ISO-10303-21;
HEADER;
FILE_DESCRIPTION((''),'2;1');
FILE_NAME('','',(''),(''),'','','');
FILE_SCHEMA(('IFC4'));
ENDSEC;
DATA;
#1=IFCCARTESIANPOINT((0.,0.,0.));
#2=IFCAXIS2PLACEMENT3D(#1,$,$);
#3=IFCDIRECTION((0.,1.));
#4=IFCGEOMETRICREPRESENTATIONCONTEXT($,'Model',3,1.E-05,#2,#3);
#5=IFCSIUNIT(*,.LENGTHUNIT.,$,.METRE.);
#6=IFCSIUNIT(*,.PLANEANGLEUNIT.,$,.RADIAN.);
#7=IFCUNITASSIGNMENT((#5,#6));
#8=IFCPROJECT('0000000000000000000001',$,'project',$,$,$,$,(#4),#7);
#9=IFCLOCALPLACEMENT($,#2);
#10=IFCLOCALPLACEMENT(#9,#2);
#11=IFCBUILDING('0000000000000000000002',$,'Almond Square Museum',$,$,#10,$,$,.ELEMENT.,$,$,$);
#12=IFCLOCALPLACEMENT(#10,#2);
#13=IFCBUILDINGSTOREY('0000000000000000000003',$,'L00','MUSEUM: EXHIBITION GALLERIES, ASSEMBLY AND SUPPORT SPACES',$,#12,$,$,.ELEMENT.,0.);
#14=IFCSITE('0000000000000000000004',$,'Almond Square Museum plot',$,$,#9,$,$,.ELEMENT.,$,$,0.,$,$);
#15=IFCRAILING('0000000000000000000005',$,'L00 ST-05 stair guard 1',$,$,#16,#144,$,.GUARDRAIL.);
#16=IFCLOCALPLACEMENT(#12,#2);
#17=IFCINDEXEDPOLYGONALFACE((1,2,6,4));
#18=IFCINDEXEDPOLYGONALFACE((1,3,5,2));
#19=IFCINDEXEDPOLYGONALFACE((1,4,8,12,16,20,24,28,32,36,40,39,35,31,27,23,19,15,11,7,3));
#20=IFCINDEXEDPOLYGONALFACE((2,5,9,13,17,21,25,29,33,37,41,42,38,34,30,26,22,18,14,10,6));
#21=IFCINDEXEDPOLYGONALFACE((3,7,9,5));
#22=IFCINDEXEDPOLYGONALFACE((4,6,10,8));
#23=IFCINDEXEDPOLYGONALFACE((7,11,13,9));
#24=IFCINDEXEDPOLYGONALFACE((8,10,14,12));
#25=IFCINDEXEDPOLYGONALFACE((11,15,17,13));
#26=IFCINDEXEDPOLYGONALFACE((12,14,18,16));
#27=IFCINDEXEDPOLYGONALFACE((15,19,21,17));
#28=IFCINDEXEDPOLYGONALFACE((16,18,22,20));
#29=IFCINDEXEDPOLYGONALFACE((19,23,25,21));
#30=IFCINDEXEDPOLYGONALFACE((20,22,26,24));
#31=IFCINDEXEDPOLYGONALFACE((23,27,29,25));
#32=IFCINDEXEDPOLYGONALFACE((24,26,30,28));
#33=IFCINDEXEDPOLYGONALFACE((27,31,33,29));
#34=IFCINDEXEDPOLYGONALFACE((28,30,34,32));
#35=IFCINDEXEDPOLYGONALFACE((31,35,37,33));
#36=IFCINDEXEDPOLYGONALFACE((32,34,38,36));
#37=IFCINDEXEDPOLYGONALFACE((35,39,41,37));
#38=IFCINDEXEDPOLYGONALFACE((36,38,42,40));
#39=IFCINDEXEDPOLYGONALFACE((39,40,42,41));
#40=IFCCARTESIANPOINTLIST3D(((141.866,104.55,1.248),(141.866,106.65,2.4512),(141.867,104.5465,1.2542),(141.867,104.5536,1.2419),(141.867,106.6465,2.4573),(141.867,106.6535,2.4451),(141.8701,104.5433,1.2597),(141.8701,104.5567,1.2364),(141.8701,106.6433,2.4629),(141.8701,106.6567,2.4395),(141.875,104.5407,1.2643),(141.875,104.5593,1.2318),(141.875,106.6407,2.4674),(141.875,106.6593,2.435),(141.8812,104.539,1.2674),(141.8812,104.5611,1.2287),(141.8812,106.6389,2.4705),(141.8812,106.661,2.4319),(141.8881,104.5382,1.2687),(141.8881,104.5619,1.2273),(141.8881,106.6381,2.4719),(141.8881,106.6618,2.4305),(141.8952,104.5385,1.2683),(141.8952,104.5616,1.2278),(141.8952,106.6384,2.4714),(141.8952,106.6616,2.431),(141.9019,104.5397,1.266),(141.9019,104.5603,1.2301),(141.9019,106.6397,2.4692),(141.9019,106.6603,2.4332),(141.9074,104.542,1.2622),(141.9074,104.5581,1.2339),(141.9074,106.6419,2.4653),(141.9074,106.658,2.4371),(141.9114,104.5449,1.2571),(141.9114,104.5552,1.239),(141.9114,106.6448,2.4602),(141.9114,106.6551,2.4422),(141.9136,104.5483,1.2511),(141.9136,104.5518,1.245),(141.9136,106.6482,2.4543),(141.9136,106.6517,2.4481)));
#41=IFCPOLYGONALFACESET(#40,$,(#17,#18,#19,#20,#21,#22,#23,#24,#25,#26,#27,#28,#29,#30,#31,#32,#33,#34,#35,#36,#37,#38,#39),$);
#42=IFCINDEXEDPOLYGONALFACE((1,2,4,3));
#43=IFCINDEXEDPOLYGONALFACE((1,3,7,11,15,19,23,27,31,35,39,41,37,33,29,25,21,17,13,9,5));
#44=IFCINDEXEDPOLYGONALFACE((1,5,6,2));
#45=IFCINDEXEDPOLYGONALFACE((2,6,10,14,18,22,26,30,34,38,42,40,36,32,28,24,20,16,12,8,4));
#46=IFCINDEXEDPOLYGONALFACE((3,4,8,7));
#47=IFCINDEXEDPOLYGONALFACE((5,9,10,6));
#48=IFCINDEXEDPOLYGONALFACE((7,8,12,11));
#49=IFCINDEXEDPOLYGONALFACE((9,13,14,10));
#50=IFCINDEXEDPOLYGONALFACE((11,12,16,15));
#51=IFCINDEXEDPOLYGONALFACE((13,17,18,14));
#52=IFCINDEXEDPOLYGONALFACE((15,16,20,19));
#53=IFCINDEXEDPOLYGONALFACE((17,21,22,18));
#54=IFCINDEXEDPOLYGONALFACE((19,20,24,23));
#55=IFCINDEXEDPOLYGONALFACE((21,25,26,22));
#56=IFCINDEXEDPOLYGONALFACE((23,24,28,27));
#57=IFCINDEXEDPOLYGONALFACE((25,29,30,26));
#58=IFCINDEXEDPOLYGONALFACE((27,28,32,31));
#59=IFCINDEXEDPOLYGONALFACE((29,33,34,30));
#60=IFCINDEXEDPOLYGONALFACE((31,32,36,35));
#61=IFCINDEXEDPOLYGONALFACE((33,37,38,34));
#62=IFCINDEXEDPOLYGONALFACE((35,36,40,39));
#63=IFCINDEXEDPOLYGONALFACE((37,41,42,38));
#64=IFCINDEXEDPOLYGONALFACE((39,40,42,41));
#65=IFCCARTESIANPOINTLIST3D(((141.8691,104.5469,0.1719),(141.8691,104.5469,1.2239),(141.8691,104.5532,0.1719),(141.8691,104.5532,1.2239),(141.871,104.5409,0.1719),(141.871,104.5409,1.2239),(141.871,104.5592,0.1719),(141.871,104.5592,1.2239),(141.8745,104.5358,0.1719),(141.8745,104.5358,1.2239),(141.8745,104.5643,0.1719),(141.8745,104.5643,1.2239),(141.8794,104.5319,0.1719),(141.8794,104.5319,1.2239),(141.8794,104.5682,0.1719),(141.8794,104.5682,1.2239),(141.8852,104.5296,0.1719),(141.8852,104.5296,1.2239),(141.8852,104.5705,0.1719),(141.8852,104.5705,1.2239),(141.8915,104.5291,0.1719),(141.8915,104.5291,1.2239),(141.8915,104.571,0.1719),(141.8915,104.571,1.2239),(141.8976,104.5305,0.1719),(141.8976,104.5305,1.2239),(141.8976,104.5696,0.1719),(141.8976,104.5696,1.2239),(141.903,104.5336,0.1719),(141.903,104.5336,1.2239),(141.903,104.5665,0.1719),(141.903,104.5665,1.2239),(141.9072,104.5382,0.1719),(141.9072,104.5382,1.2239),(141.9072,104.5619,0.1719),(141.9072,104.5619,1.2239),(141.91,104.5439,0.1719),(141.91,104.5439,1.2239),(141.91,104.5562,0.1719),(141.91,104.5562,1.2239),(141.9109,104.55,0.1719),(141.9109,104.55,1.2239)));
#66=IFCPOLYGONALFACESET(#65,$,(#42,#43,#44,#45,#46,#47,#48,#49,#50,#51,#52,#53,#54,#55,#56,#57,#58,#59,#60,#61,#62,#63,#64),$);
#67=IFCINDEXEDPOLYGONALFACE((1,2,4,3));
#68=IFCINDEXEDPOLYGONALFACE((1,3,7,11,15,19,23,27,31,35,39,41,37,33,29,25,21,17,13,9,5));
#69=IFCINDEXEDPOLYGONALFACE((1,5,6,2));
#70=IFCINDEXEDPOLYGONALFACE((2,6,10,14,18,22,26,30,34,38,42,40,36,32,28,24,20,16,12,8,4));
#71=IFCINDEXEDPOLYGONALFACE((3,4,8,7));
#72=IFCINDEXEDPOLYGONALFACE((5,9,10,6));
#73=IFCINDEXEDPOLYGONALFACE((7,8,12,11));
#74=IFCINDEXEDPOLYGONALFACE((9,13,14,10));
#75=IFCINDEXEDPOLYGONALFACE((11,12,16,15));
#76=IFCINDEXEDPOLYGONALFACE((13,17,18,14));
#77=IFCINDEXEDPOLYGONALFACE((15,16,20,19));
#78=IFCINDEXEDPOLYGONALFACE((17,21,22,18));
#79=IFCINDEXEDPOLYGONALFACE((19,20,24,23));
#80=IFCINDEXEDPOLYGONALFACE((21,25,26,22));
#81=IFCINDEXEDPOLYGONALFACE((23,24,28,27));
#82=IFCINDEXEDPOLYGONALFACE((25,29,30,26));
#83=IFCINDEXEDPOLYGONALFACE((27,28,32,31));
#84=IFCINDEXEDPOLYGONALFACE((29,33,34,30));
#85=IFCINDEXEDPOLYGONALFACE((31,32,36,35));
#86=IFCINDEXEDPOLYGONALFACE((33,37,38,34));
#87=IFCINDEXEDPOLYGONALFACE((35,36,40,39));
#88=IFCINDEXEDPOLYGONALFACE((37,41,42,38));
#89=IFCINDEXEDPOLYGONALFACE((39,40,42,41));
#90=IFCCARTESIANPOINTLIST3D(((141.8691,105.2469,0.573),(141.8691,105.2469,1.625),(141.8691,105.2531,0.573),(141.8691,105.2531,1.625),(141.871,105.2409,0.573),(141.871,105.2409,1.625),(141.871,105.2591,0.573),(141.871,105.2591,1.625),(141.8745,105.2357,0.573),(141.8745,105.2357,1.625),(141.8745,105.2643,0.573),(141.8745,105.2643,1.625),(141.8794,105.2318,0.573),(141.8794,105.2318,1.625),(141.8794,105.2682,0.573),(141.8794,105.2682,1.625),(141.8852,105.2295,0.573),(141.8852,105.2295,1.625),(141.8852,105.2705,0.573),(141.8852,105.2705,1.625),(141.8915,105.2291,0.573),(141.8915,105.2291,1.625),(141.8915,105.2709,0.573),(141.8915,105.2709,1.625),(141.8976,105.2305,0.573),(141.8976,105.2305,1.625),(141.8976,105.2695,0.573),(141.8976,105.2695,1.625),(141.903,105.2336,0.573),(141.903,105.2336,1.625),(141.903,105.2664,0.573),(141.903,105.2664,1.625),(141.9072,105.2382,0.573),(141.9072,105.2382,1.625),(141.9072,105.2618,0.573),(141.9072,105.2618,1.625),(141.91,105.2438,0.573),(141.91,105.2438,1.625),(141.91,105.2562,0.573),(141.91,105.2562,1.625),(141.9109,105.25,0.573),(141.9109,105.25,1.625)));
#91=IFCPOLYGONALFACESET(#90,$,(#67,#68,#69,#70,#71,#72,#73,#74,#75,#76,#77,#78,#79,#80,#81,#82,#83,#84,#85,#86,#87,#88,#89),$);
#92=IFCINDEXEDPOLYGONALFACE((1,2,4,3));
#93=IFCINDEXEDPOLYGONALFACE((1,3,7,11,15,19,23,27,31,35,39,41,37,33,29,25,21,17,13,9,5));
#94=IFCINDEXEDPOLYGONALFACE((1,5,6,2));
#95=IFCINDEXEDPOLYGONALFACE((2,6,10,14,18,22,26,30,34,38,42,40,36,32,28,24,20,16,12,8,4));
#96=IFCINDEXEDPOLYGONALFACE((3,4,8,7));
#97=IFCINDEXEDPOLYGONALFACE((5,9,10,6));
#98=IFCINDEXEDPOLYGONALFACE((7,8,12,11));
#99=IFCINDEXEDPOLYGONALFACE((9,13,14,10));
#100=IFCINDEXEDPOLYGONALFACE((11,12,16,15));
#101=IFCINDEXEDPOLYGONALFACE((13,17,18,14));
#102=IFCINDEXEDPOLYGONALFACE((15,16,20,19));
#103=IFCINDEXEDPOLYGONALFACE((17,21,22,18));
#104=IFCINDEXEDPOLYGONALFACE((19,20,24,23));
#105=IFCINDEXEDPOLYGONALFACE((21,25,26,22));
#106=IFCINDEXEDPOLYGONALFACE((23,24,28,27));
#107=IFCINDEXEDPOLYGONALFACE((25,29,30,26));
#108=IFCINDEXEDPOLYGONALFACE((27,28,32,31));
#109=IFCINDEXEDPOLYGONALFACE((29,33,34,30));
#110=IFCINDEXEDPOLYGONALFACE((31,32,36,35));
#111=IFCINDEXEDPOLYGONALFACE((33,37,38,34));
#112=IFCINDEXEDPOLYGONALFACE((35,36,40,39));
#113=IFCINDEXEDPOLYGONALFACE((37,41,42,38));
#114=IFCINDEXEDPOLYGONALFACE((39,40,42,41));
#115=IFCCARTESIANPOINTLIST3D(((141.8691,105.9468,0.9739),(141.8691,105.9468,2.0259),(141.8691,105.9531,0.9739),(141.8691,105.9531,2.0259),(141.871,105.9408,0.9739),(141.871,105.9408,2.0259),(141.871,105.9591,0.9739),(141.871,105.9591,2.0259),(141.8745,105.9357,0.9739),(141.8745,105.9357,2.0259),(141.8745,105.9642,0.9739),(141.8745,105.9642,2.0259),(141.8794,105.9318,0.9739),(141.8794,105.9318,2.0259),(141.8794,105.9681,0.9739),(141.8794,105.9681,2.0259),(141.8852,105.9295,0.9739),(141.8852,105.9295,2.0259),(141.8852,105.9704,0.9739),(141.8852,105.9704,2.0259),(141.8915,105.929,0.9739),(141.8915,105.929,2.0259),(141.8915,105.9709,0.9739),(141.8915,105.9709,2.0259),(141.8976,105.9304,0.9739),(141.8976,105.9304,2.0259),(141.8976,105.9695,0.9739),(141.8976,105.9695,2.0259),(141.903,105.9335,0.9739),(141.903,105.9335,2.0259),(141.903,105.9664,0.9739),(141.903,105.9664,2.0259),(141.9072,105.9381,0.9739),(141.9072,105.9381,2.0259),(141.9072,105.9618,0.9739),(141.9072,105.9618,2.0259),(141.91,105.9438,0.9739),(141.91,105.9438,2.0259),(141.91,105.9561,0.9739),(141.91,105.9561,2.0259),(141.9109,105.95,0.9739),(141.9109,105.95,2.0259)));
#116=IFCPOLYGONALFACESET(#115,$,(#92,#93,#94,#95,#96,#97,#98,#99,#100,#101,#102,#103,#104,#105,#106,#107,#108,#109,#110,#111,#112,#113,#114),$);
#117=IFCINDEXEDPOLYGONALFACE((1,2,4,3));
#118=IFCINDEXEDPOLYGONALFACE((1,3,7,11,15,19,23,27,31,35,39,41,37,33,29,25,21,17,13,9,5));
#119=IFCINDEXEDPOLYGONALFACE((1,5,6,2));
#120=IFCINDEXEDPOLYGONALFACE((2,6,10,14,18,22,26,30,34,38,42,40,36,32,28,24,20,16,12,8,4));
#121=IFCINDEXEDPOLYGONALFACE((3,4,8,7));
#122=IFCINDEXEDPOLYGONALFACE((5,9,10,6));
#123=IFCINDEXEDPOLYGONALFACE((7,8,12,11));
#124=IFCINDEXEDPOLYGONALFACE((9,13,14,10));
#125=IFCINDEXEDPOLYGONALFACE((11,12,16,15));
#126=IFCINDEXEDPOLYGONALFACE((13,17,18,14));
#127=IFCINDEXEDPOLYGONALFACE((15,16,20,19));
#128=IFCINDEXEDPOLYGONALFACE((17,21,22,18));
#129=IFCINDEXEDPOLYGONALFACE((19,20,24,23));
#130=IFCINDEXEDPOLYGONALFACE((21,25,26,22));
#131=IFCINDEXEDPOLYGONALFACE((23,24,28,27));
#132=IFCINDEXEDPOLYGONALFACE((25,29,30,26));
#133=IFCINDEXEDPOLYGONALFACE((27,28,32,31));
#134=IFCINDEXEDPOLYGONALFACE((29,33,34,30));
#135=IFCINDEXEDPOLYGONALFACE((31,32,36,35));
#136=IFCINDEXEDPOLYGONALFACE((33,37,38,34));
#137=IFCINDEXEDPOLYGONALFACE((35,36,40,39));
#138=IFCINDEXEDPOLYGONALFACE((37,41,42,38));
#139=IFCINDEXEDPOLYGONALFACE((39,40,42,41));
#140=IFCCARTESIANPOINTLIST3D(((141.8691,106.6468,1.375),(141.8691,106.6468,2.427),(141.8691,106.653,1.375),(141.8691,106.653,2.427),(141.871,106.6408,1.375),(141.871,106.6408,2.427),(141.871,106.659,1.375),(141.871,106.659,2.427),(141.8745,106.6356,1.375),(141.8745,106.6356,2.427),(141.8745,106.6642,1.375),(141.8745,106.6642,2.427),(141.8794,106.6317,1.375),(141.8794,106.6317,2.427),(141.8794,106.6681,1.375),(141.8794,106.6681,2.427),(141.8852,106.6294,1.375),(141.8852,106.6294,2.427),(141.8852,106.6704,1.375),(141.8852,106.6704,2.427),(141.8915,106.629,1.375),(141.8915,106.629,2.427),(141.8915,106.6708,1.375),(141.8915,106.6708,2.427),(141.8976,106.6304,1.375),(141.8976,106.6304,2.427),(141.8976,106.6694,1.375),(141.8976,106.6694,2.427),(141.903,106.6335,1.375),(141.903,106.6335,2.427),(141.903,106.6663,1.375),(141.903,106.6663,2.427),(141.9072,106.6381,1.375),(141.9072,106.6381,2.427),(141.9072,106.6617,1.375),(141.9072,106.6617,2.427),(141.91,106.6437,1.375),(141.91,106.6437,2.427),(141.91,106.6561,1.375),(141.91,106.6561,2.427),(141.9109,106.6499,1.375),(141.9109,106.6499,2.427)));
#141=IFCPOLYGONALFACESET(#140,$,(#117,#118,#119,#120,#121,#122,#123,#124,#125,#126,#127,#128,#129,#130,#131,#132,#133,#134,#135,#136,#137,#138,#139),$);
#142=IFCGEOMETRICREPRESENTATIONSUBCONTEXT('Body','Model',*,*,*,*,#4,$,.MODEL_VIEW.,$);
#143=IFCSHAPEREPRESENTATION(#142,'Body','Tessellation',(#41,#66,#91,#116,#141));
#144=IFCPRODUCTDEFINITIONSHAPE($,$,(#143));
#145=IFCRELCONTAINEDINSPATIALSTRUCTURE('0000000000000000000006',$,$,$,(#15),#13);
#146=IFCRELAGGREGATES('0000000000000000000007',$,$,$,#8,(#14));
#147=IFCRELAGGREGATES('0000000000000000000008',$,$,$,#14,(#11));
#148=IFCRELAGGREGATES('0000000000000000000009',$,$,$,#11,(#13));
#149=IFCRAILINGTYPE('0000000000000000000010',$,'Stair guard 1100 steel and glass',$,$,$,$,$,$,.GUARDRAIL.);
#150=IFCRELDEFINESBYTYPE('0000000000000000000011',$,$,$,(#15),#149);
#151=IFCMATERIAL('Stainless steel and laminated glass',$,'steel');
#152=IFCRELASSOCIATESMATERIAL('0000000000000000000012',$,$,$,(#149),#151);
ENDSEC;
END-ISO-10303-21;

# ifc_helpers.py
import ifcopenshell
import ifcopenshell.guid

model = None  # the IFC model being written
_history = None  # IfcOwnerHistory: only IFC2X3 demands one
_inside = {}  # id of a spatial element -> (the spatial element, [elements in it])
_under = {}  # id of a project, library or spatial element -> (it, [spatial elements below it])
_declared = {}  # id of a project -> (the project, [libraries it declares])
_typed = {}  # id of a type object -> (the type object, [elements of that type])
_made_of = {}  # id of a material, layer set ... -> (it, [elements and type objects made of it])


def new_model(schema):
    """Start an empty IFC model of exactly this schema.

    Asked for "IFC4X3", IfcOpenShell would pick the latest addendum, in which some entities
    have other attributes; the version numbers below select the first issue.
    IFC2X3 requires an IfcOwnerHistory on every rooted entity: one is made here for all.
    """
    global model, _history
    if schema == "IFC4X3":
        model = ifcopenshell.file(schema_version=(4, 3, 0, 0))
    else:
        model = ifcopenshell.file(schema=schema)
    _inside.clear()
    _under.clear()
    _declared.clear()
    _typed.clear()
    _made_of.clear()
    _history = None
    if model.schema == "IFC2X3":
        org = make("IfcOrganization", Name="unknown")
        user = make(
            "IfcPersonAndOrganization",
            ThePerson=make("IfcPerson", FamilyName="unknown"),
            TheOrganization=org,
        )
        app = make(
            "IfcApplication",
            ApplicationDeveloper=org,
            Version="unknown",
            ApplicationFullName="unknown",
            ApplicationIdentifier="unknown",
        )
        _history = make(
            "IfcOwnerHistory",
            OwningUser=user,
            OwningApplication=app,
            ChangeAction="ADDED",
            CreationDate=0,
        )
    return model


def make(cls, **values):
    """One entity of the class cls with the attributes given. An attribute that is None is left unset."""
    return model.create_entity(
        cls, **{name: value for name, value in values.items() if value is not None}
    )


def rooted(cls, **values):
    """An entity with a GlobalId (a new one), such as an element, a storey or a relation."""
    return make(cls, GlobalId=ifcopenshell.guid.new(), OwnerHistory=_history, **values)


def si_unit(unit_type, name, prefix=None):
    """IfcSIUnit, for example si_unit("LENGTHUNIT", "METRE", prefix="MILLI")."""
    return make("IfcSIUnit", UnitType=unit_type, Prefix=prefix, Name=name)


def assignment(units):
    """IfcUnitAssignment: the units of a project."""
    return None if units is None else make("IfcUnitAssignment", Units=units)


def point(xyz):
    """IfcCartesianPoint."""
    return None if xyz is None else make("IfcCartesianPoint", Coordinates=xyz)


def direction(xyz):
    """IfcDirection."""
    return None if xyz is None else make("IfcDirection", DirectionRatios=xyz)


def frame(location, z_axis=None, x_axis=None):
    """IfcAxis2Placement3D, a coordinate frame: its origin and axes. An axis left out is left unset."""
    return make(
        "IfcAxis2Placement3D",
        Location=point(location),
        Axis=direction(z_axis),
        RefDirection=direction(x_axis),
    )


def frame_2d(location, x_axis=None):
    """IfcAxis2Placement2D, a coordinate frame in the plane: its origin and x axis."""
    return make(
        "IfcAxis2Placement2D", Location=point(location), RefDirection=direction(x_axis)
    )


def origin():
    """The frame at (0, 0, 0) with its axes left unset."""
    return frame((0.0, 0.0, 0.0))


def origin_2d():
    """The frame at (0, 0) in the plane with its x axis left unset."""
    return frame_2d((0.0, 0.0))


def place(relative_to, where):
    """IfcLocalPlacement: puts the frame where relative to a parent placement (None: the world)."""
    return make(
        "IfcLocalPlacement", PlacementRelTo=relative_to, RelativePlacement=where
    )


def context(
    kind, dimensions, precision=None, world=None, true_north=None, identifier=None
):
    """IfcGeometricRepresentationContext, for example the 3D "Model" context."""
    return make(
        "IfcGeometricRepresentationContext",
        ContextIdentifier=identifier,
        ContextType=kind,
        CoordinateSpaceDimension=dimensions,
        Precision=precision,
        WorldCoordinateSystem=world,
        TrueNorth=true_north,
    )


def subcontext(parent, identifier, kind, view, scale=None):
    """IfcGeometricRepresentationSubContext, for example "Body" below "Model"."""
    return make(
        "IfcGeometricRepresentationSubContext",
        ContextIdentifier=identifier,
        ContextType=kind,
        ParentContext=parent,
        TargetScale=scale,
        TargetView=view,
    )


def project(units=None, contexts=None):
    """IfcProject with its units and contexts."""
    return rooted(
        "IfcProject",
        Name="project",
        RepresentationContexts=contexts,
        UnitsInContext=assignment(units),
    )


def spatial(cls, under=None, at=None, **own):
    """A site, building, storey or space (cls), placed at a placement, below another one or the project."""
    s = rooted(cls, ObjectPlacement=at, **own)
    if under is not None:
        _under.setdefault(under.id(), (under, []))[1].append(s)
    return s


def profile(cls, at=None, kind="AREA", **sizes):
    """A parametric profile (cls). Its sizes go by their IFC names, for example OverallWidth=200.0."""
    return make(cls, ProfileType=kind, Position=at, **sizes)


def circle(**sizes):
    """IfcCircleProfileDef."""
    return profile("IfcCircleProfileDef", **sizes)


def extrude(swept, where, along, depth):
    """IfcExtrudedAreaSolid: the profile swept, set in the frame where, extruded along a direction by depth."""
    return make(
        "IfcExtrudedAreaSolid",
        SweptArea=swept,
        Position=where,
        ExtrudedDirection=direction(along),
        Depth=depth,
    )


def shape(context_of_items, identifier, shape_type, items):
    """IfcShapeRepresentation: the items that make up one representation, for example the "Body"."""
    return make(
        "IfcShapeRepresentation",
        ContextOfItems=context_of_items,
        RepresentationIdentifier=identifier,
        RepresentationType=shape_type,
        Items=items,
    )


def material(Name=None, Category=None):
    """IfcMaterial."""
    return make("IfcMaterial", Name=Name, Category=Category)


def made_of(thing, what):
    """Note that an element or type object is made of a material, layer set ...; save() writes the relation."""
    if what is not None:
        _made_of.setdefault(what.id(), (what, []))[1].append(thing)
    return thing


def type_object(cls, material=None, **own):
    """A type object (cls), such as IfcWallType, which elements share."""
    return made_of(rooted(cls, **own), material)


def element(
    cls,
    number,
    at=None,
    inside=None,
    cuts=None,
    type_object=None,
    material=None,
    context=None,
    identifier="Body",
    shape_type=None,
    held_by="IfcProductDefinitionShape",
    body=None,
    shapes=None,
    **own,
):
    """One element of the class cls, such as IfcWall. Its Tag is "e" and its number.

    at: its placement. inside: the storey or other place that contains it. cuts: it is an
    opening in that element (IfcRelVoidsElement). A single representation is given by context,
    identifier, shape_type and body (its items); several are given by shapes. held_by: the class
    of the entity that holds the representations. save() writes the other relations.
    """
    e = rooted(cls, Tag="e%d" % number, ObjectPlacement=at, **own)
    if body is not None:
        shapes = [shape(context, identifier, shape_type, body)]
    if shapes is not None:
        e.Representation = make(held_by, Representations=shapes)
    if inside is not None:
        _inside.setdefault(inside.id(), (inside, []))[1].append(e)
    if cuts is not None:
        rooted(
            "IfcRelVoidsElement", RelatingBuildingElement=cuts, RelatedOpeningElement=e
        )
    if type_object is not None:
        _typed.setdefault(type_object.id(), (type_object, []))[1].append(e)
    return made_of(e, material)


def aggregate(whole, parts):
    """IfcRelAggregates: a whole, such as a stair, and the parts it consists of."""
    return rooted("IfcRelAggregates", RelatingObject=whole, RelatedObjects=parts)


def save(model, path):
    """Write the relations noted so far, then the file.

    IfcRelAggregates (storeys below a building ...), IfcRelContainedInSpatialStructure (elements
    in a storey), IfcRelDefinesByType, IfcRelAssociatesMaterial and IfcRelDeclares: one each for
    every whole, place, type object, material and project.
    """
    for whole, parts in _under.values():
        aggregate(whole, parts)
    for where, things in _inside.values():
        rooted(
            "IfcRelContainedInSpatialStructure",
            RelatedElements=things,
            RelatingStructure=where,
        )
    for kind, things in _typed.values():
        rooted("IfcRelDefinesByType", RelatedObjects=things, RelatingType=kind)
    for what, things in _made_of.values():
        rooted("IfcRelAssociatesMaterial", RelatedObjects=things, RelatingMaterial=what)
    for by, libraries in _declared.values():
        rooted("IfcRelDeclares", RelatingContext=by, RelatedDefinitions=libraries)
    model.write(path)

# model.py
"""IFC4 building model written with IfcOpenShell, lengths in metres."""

from ifc_helpers import new_model, si_unit, direction, frame, origin, origin_2d, place, context, subcontext, project, spatial, circle, extrude, material, type_object, element, save


model = new_model("IFC4")

# Units and contexts
model_context = context("Model", 3, precision=1e-05, world=origin(), true_north=direction((0.0, 1.0)))
body_context = subcontext(model_context, "Body", "Model", "MODEL_VIEW")
ifc_project = project(units=[si_unit("LENGTHUNIT", "METRE"), si_unit("PLANEANGLEUNIT", "RADIAN")], contexts=[model_context])

# Site, building, storey
site_placement = place(None, origin())
site = spatial("IfcSite", under=ifc_project, at=site_placement, Name="Almond Square Museum plot", CompositionType="ELEMENT", RefElevation=0.0)
building_placement = place(site_placement, origin())
building = spatial("IfcBuilding", under=site, at=building_placement, Name="Almond Square Museum", CompositionType="ELEMENT")
storey_placement = place(building_placement, origin())
storey = spatial("IfcBuildingStorey", under=building, at=storey_placement, Name="L00", Description="MUSEUM: EXHIBITION GALLERIES, ASSEMBLY AND SUPPORT SPACES", CompositionType="ELEMENT", Elevation=0.0)

# Railing
ifc_material_1 = material(Name="Stainless steel and laminated glass", Category="steel")
railing_type_1 = type_object("IfcRailingType", Name="Stair guard 1100 steel and glass", PredefinedType="GUARDRAIL", material=ifc_material_1)
railing_1_placement = place(storey_placement, frame((141.8899, 104.55, 0.1719)))
element("IfcRailing", 1, at=railing_1_placement, inside=storey, type_object=railing_type_1, Name="L00 ST-05 stair guard 1", PredefinedType="GUARDRAIL", context=body_context, shape_type="SweptSolid", body=[
    extrude(circle(Radius=0.0239, at=origin_2d()), frame((0.0, 0.0, 1.0762), z_axis=(0.0, 0.867671, 0.497138), x_axis=(-1.0, 0.0, 0.0)), (0.0, 0.0, 1.0), 2.4202),
    extrude(circle(Radius=0.021, at=origin_2d()), origin(), (0.0, 0.0, 1.0), 1.052),
    extrude(circle(Radius=0.021, at=origin_2d()), frame((0.0, 0.7, 0.4011)), (0.0, 0.0, 1.0), 1.052),
    extrude(circle(Radius=0.021, at=origin_2d()), frame((0.0, 1.3999, 0.802)), (0.0, 0.0, 1.0), 1.052),
    extrude(circle(Radius=0.021, at=origin_2d()), frame((0.0, 2.0999, 1.2031)), (0.0, 0.0, 1.0), 1.052),
])

save(model, "model.ifc")
